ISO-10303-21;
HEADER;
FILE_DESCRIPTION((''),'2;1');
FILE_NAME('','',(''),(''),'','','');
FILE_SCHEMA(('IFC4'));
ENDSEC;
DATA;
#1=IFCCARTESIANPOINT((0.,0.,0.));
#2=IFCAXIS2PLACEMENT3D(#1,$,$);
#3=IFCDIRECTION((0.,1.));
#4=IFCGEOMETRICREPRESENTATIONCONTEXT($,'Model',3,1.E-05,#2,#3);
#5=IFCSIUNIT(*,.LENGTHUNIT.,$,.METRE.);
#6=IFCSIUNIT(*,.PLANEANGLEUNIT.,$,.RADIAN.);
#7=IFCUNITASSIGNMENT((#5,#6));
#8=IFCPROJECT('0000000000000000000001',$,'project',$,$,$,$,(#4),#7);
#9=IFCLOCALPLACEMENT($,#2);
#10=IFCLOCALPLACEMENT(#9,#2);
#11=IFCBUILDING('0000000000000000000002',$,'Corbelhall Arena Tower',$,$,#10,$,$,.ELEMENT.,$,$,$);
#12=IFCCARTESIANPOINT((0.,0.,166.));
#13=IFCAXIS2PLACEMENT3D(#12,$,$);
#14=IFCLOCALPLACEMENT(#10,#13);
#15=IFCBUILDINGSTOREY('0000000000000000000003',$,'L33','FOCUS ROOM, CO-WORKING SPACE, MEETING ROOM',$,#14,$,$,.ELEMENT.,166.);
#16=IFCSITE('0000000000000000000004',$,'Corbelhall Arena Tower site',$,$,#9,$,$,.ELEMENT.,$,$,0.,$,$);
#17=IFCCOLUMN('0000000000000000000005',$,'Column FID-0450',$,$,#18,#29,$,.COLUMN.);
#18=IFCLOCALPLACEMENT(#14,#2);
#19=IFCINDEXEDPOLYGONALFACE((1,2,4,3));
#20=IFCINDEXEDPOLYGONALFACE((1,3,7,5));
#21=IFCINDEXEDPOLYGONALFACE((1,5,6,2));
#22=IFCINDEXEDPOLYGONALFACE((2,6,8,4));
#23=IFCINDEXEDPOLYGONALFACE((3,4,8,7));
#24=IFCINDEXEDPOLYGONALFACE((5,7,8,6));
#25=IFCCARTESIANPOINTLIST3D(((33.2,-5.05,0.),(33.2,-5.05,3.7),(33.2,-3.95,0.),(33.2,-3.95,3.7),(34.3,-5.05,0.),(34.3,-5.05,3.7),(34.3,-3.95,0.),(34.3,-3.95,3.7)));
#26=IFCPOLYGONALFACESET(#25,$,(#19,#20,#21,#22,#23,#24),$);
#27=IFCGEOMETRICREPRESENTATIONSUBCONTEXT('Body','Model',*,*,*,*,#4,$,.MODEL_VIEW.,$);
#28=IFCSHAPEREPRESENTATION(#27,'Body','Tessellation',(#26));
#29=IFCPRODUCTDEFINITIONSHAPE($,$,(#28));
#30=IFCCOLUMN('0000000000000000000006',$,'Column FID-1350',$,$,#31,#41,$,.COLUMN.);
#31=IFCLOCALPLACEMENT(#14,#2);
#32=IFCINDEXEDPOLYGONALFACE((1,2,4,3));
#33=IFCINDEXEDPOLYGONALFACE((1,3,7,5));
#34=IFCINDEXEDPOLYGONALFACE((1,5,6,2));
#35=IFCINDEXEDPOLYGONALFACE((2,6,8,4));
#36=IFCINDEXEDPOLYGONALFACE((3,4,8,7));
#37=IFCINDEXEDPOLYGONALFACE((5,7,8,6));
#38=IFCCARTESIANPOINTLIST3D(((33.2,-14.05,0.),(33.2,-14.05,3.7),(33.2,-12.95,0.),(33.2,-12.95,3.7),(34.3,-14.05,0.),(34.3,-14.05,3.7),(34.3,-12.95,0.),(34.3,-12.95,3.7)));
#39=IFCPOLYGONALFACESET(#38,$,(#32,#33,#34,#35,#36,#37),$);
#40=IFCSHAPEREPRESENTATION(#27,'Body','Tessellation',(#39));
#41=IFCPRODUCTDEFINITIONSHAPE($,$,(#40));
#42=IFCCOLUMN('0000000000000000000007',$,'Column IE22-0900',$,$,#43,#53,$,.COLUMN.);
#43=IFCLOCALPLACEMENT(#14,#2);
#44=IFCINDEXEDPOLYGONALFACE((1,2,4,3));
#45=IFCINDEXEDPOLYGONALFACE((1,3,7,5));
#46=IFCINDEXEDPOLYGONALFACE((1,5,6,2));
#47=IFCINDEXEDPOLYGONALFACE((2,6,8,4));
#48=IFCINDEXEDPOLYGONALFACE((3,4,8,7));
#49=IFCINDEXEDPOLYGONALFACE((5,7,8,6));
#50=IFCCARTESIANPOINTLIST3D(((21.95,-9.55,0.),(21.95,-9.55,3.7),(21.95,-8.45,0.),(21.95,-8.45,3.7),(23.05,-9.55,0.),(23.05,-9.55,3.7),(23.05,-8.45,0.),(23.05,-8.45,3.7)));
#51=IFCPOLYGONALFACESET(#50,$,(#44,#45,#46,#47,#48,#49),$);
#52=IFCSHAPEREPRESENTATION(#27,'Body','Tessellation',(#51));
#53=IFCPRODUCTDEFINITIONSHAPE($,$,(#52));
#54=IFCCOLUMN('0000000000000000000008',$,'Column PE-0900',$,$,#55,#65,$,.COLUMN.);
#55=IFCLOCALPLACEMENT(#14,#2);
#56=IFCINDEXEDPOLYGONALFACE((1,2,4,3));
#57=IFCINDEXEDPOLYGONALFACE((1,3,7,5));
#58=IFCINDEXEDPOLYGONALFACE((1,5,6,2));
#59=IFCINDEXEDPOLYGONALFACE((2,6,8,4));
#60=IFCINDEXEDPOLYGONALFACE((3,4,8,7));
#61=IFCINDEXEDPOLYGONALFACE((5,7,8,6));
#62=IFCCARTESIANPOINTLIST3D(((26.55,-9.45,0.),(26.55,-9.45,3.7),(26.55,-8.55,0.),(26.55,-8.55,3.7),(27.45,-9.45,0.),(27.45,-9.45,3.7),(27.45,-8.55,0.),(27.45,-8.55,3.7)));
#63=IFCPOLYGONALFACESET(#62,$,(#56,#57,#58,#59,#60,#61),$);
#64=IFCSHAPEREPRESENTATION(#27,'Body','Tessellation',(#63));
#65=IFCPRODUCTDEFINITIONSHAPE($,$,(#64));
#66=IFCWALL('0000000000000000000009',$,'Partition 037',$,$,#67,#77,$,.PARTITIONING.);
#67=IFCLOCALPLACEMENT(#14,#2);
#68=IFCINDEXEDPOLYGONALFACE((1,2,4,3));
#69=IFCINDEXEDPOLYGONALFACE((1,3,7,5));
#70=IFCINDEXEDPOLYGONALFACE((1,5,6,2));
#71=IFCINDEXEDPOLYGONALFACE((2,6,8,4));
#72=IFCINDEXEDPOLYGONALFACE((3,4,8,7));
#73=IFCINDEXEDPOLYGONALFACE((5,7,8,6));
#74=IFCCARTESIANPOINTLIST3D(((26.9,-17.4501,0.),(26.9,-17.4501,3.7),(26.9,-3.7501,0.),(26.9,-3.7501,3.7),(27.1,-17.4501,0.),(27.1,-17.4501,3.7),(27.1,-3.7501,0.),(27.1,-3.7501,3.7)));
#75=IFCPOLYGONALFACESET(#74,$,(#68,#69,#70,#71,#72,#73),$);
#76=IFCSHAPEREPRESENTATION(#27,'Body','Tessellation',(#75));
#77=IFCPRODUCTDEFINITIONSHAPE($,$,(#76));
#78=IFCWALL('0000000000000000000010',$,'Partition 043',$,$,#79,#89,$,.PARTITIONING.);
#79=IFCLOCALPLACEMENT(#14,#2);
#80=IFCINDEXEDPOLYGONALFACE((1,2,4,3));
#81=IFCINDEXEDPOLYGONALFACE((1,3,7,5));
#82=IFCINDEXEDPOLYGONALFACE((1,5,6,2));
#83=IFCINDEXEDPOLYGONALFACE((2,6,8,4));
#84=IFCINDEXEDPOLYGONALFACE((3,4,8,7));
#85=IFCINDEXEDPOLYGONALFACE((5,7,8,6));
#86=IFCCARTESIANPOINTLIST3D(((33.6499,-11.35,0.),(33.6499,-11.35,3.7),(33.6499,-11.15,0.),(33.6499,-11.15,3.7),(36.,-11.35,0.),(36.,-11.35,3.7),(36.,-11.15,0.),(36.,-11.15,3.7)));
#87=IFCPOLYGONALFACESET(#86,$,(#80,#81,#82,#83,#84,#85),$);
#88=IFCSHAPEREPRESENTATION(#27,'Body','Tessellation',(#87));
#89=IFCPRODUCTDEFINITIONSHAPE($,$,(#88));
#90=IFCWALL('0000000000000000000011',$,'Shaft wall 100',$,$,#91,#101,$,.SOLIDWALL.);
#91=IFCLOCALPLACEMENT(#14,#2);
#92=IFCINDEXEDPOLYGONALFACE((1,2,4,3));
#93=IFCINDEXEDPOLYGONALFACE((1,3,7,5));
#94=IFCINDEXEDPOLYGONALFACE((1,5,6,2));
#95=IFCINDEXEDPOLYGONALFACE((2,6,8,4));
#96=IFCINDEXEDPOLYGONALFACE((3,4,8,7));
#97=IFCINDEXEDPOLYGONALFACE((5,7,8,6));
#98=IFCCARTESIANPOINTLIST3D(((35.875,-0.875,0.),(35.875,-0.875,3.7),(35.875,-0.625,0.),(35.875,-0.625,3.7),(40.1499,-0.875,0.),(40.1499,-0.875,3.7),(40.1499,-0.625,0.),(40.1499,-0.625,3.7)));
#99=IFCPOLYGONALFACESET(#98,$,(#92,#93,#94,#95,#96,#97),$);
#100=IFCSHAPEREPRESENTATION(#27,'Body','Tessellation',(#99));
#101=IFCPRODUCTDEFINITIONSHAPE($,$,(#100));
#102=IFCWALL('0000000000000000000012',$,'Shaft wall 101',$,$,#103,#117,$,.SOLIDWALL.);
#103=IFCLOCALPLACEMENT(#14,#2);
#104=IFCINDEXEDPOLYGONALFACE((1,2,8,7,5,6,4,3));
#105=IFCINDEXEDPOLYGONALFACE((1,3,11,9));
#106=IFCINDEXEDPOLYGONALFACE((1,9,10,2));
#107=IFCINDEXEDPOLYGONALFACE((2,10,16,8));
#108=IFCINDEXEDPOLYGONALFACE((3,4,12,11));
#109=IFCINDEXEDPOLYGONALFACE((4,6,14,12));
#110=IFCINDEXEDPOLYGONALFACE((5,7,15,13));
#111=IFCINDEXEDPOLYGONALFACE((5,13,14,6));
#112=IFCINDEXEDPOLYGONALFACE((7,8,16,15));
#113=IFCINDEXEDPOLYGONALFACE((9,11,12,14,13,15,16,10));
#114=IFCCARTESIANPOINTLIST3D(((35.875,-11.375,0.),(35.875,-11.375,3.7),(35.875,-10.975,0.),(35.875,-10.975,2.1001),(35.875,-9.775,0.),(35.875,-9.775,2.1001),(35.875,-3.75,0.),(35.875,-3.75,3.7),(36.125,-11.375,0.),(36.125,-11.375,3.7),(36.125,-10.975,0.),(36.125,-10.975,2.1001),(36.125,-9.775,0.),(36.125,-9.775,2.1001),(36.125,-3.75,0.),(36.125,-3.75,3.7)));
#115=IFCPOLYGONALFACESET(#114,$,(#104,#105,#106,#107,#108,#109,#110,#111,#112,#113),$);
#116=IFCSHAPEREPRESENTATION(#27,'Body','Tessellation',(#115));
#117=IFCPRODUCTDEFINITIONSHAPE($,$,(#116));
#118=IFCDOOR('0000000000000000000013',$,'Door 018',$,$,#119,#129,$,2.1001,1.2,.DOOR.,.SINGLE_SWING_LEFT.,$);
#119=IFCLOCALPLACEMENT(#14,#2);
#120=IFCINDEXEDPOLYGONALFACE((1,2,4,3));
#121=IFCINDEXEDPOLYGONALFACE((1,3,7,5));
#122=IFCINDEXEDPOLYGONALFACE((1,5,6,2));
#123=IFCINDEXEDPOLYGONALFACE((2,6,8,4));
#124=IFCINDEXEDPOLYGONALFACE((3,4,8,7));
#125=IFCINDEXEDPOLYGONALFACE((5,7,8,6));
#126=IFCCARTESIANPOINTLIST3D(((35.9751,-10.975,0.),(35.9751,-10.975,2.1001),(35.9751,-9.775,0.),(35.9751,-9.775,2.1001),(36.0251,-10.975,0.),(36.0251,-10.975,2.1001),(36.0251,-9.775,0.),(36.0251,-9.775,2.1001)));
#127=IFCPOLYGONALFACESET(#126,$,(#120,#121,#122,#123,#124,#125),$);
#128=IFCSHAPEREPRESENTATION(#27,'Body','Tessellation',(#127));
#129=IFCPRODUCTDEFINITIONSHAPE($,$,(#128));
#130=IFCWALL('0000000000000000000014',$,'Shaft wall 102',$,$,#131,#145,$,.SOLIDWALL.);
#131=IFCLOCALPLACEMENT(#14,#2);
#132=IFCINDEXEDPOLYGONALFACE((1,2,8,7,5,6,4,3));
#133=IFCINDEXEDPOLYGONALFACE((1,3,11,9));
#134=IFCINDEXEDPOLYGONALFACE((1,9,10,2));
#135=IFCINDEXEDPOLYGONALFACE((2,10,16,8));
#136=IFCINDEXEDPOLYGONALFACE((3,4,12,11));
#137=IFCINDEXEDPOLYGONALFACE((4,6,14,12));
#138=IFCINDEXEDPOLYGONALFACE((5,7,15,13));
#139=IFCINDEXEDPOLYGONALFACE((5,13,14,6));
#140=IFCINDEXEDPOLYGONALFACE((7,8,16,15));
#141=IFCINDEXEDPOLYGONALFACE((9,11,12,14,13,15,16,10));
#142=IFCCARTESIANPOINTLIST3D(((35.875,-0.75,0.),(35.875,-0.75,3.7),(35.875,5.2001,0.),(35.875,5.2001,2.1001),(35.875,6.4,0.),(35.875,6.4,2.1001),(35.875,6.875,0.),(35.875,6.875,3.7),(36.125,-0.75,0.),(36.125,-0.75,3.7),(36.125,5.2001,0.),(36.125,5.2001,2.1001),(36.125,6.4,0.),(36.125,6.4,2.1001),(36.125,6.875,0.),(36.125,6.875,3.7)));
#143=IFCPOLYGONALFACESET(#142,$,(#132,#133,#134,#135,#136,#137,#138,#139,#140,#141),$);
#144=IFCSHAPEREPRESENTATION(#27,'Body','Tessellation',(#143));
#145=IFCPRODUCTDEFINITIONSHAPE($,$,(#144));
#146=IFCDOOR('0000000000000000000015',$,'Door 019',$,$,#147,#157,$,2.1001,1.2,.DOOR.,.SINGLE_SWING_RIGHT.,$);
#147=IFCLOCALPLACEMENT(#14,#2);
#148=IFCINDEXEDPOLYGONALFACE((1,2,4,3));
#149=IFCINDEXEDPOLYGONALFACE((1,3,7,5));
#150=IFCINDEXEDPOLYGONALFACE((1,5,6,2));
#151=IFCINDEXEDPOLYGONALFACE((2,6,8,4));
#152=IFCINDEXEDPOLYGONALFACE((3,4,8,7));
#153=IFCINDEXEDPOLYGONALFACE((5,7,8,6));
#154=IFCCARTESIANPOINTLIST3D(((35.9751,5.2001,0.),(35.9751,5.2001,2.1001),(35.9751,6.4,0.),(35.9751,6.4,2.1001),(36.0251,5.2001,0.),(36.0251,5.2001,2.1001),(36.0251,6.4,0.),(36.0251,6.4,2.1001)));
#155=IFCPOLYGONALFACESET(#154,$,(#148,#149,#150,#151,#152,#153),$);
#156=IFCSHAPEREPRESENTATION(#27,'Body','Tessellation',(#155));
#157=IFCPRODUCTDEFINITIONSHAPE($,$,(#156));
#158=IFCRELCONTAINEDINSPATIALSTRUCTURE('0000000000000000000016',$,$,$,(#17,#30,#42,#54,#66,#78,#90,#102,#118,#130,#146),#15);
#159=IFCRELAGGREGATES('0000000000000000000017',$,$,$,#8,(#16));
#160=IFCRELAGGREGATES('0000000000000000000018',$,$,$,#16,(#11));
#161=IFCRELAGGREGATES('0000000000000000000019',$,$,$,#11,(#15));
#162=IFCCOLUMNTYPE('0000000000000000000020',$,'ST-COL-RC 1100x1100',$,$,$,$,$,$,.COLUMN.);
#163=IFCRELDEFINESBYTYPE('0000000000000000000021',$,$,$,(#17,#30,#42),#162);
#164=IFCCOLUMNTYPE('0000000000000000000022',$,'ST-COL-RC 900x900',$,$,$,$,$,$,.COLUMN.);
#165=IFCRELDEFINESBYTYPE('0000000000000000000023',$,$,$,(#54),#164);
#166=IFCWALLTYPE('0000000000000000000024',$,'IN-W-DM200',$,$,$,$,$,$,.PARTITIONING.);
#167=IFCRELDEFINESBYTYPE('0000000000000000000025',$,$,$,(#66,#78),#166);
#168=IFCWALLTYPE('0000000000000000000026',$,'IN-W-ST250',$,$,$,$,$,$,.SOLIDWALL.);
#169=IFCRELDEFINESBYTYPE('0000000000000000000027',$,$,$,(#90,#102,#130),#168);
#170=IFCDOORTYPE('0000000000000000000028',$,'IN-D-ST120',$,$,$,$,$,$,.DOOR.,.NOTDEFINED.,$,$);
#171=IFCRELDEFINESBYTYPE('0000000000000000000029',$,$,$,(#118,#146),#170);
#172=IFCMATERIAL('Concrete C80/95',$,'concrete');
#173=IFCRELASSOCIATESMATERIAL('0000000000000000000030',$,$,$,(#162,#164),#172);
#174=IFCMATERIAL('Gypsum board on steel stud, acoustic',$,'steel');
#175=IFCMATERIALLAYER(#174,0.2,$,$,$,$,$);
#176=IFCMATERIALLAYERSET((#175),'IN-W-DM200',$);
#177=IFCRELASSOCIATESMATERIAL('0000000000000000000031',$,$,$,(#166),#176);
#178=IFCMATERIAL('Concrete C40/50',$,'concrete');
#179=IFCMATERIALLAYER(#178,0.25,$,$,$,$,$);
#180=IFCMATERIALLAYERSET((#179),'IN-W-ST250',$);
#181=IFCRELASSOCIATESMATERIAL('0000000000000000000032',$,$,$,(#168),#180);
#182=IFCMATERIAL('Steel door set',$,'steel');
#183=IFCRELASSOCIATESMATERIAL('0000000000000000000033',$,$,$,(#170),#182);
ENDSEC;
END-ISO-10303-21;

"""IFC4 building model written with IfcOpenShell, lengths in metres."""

from ifc_helpers import new_model, si_unit, direction, frame, frame_2d, origin, origin_2d, place, context, subcontext, project, spatial, rectangle, extrude, material, layer, layer_set, material_profile, profile_set, type_object, element, fill, save


model = new_model("IFC4")

# Units and contexts
model_context = context("Model", 3, precision=1e-05, world=origin(), true_north=direction((0.0, 1.0)))
body_context = subcontext(model_context, "Body", "Model", "MODEL_VIEW")
ifc_project = project(units=[si_unit("LENGTHUNIT", "METRE"), si_unit("PLANEANGLEUNIT", "RADIAN")], contexts=[model_context])

# Site, building, storey
site_placement = place(None, origin())
site = spatial("IfcSite", under=ifc_project, at=site_placement, Name="Corbelhall Arena Tower site", CompositionType="ELEMENT", RefElevation=0.0)
building_placement = place(site_placement, origin())
building = spatial("IfcBuilding", under=site, at=building_placement, Name="Corbelhall Arena Tower", CompositionType="ELEMENT")
storey_placement = place(building_placement, frame((0.0, 0.0, 166.0)))
storey = spatial("IfcBuildingStorey", under=building, at=storey_placement, Name="L33", Description="FOCUS ROOM, CO-WORKING SPACE, MEETING ROOM", CompositionType="ELEMENT", Elevation=166.0)

# Columns
ifc_material_1 = material(Name="Concrete C80/95", Category="concrete")
ifc_material_profile_1 = material_profile(ifc_material_1, rectangle(XDim=1.1001, YDim=1.1001, at=origin_2d()))
ifc_profile_set_1 = profile_set([ifc_material_profile_1], Name="Concrete C80/95")
column_type_1 = type_object("IfcColumnType", Name="ST-COL-RC 1100x1100", PredefinedType="COLUMN", material=ifc_profile_set_1)
for number, where, z_axis, x_axis, name in (
    (1, (33.75, -4.5, 0.0), (0.0, 0.0, 1.0), (1.0, 0.0, 0.0), "Column FID-0450"),
    (2, (33.75, -13.5, 0.0), (0.0, 0.0, 1.0), (1.0, 0.0, 0.0), "Column FID-1350"),
    (3, (22.5, -9.0, 0.0), (0.0, 0.0, 1.0), (1.0, 0.0, 0.0), "Column IE22-0900"),
):
    element("IfcColumn", number, at=place(storey_placement, frame(where, z_axis=z_axis, x_axis=x_axis)), inside=storey, type_object=column_type_1, Name=name, PredefinedType="COLUMN", context=body_context, shape_type="SweptSolid", body=[
        extrude(rectangle(XDim=1.1001, YDim=1.1001, at=origin_2d()), origin(), (0.0, 0.0, 1.0), 3.7),
    ])
ifc_material_profile_2 = material_profile(ifc_material_1, rectangle(XDim=0.8999, YDim=0.8999, at=origin_2d()))
ifc_profile_set_2 = profile_set([ifc_material_profile_2], Name="Concrete C80/95")
column_type_2 = type_object("IfcColumnType", Name="ST-COL-RC 900x900", PredefinedType="COLUMN", material=ifc_profile_set_2)
column_placement = place(storey_placement, frame((27.0, -9.0, 0.0), z_axis=(0.0, 0.0, 1.0), x_axis=(1.0, 0.0, 0.0)))
element("IfcColumn", 4, at=column_placement, inside=storey, type_object=column_type_2, Name="Column PE-0900", PredefinedType="COLUMN", context=body_context, shape_type="SweptSolid", body=[
    extrude(rectangle(XDim=0.8999, YDim=0.8999, at=origin_2d()), origin(), (0.0, 0.0, 1.0), 3.7),
])

# Wall
ifc_material_2 = material(Name="Gypsum board on steel stud, acoustic", Category="steel")
ifc_layer_1 = layer(ifc_material_2, 0.2)
ifc_layer_set_1 = layer_set([ifc_layer_1], Name="IN-W-DM200")
wall_type_1 = type_object("IfcWallType", Name="IN-W-DM200", PredefinedType="PARTITIONING", material=ifc_layer_set_1)
wall_1_placement = place(storey_placement, frame((27.0, -3.75, 0.0), z_axis=(0.0, 0.0, 1.0), x_axis=(0.0, -1.0, 0.0)))
element("IfcWall", 5, at=wall_1_placement, inside=storey, type_object=wall_type_1, Name="Partition 037", PredefinedType="PARTITIONING", context=body_context, shape_type="SweptSolid", body=[
    extrude(rectangle(XDim=13.7, YDim=0.2, at=frame_2d((6.8501, 0.0))), origin(), (0.0, 0.0, 1.0), 3.7),
])

# Shared definitions
ifc_material_3 = material(Name="Steel door set", Category="steel")

# Walls
wall_2_placement = place(storey_placement, frame((36.0, -11.25, 0.0), z_axis=(0.0, 0.0, 1.0), x_axis=(-1.0, 0.0, 0.0)))
element("IfcWall", 6, at=wall_2_placement, inside=storey, type_object=wall_type_1, Name="Partition 043", PredefinedType="PARTITIONING", context=body_context, shape_type="SweptSolid", body=[
    extrude(rectangle(XDim=2.3501, YDim=0.2, at=frame_2d((1.175, 0.0))), origin(), (0.0, 0.0, 1.0), 3.7),
])
ifc_material_4 = material(Name="Concrete C40/50", Category="concrete")
ifc_layer_2 = layer(ifc_material_4, 0.25)
ifc_layer_set_2 = layer_set([ifc_layer_2], Name="IN-W-ST250")
wall_type_2 = type_object("IfcWallType", Name="IN-W-ST250", PredefinedType="SOLIDWALL", material=ifc_layer_set_2)
wall_3_placement = place(storey_placement, frame((35.875, -0.75, 0.0), z_axis=(0.0, 0.0, 1.0), x_axis=(1.0, 0.0, 0.0)))
element("IfcWall", 7, at=wall_3_placement, inside=storey, type_object=wall_type_2, Name="Shaft wall 100", PredefinedType="SOLIDWALL", context=body_context, shape_type="SweptSolid", body=[
    extrude(rectangle(XDim=4.2749, YDim=0.25, at=frame_2d((2.1375, 0.0))), origin(), (0.0, 0.0, 1.0), 3.7),
])

# Walls, openings, doors
wall_4_placement = place(storey_placement, frame((36.0, -11.375, 0.0), z_axis=(0.0, 0.0, 1.0), x_axis=(0.0, 1.0, 0.0)))
wall_4 = element("IfcWall", 8, at=wall_4_placement, inside=storey, type_object=wall_type_2, Name="Shaft wall 101", PredefinedType="SOLIDWALL", context=body_context, shape_type="SweptSolid", body=[
    extrude(rectangle(XDim=7.625, YDim=0.25, at=frame_2d((3.8125, 0.0))), origin(), (0.0, 0.0, 1.0), 3.7),
])
opening_1_placement = place(wall_4_placement, frame((0.3999, 0.0, 0.0)))
opening_1 = element("IfcOpeningElement", 9, at=opening_1_placement, cuts=wall_4, PredefinedType="OPENING", context=body_context, shape_type="SweptSolid", body=[
    extrude(rectangle(XDim=1.2, YDim=2.1001, at=frame_2d((0.6001, 1.05))), frame((0.0, 0.125, 0.0), z_axis=(0.0, -1.0, 0.0), x_axis=(1.0, 0.0, 0.0)), (0.0, 0.0, 1.0), 0.25),
])
door_type_1 = type_object("IfcDoorType", Name="IN-D-ST120", OperationType="NOTDEFINED", PredefinedType="DOOR", material=ifc_material_3)
door_1_placement = place(opening_1_placement, origin())
door_1 = element("IfcDoor", 10, at=door_1_placement, inside=storey, type_object=door_type_1, Name="Door 018", OperationType="SINGLE_SWING_LEFT", OverallHeight=2.1001, OverallWidth=1.2, PredefinedType="DOOR", context=body_context, shape_type="SweptSolid", body=[
    extrude(rectangle(XDim=1.2, YDim=2.1001, at=frame_2d((0.6001, 1.05))), frame((0.0, 0.0249, 0.0), z_axis=(0.0, -1.0, 0.0), x_axis=(1.0, 0.0, 0.0)), (0.0, 0.0, 1.0), 0.05),
])
fill(opening_1, door_1)
wall_5_placement = place(storey_placement, frame((36.0, -0.75, 0.0), z_axis=(0.0, 0.0, 1.0), x_axis=(0.0, 1.0, 0.0)))
wall_5 = element("IfcWall", 11, at=wall_5_placement, inside=storey, type_object=wall_type_2, Name="Shaft wall 102", PredefinedType="SOLIDWALL", context=body_context, shape_type="SweptSolid", body=[
    extrude(rectangle(XDim=7.625, YDim=0.25, at=frame_2d((3.8125, 0.0))), origin(), (0.0, 0.0, 1.0), 3.7),
])
opening_2_placement = place(wall_5_placement, frame((5.95, 0.0, 0.0)))
opening_2 = element("IfcOpeningElement", 12, at=opening_2_placement, cuts=wall_5, PredefinedType="OPENING", context=body_context, shape_type="SweptSolid", body=[
    extrude(rectangle(XDim=1.2, YDim=2.1001, at=frame_2d((0.6001, 1.05))), frame((0.0, 0.125, 0.0), z_axis=(0.0, -1.0, 0.0), x_axis=(1.0, 0.0, 0.0)), (0.0, 0.0, 1.0), 0.25),
])
door_2_placement = place(opening_2_placement, origin())
door_2 = element("IfcDoor", 13, at=door_2_placement, inside=storey, type_object=door_type_1, Name="Door 019", OperationType="SINGLE_SWING_RIGHT", OverallHeight=2.1001, OverallWidth=1.2, PredefinedType="DOOR", context=body_context, shape_type="SweptSolid", body=[
    extrude(rectangle(XDim=1.2, YDim=2.1001, at=frame_2d((0.6001, 1.05))), frame((0.0, 0.0249, 0.0), z_axis=(0.0, -1.0, 0.0), x_axis=(1.0, 0.0, 0.0)), (0.0, 0.0, 1.0), 0.05),
])
fill(opening_2, door_2)

save(model, "model.ifc")
